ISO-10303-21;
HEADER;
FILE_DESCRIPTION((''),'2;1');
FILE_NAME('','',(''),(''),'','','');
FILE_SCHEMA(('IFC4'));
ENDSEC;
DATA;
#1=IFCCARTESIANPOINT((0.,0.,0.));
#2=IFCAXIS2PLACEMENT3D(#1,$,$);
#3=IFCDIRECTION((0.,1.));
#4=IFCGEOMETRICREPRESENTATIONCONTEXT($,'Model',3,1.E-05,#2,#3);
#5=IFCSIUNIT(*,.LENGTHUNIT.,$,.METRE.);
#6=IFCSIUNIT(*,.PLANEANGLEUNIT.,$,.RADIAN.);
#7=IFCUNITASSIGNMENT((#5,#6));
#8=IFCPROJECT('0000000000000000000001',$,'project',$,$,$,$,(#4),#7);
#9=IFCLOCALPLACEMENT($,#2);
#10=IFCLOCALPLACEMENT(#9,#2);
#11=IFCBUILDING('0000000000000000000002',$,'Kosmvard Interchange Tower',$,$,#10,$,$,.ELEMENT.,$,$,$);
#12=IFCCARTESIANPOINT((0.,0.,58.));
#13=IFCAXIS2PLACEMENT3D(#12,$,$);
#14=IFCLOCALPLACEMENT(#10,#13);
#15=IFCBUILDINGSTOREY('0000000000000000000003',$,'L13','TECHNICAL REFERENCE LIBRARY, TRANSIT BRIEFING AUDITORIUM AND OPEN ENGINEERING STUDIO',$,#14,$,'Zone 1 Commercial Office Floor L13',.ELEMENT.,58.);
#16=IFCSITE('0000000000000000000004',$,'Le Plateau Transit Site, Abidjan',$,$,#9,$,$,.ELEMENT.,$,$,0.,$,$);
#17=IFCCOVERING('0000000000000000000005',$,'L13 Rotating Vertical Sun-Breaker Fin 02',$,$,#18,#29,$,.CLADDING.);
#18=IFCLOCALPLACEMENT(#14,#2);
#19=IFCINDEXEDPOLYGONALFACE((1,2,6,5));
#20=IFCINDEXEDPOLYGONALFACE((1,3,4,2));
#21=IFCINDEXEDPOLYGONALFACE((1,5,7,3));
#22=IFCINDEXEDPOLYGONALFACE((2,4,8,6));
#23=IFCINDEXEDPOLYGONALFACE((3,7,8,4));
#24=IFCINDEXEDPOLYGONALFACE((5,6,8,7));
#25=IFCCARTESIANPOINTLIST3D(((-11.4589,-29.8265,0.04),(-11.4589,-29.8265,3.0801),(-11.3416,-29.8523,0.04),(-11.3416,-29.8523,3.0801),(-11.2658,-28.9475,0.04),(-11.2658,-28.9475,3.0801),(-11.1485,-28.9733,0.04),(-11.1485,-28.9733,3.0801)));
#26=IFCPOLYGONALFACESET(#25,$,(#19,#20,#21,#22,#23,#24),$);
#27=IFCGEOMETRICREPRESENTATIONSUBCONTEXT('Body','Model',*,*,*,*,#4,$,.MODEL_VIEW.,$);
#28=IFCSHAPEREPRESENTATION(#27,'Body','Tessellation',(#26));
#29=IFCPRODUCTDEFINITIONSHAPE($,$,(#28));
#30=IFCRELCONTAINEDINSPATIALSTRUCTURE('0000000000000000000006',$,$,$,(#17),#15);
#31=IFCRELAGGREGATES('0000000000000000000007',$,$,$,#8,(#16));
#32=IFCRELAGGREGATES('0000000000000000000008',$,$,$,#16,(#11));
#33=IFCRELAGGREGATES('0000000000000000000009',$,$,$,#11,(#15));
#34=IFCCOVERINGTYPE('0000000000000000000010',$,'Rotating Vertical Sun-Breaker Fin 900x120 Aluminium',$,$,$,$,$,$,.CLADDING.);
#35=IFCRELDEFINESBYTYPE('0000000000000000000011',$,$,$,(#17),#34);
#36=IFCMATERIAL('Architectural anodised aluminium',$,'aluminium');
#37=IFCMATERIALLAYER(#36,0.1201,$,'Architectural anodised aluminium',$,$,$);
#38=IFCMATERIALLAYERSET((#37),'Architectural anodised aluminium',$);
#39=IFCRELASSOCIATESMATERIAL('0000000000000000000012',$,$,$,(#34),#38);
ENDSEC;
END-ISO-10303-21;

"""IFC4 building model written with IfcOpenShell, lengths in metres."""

from ifc_helpers import new_model, si_unit, direction, frame, origin, origin_2d, place, context, subcontext, project, spatial, rectangle, extrude, source, transform, mapped, material, layer, layer_set, type_object, element, save


model = new_model("IFC4")

# Units and contexts
model_context = context("Model", 3, precision=1e-05, world=origin(), true_north=direction((0.0, 1.0)))
body_context = subcontext(model_context, "Body", "Model", "MODEL_VIEW")
ifc_project = project(units=[si_unit("LENGTHUNIT", "METRE"), si_unit("PLANEANGLEUNIT", "RADIAN")], contexts=[model_context])

# Site, building, storey
site_placement = place(None, origin())
site = spatial("IfcSite", under=ifc_project, at=site_placement, Name="Le Plateau Transit Site, Abidjan", CompositionType="ELEMENT", RefElevation=0.0)
building_placement = place(site_placement, origin())
building = spatial("IfcBuilding", under=site, at=building_placement, Name="Kosmvard Interchange Tower", CompositionType="ELEMENT")
storey_placement = place(building_placement, frame((0.0, 0.0, 58.0)))
storey = spatial("IfcBuildingStorey", under=building, at=storey_placement, Name="L13", Description="TECHNICAL REFERENCE LIBRARY, TRANSIT BRIEFING AUDITORIUM AND OPEN ENGINEERING STUDIO", LongName="Zone 1 Commercial Office Floor L13", CompositionType="ELEMENT", Elevation=58.0)

# Covering
ifc_material_1 = material(Name="Architectural anodised aluminium", Category="aluminium")
ifc_layer_1 = layer(ifc_material_1, 0.1201, Name="Architectural anodised aluminium")
ifc_layer_set_1 = layer_set([ifc_layer_1], Name="Architectural anodised aluminium")
covering_type = type_object("IfcCoveringType", Name="Rotating Vertical Sun-Breaker Fin 900x120 Aluminium", PredefinedType="CLADDING", material=ifc_layer_set_1)
shared_shape_1 = source(origin(), body_context, "Body", "SweptSolid", [
    extrude(rectangle(XDim=0.8999, YDim=0.1201, at=origin_2d()), origin(), (0.0, 0.0, 1.0), 3.04),
])
covering_placement = place(storey_placement, frame((-11.3037, -29.3999, 0.04), z_axis=(0.0, 0.0, 1.0), x_axis=(-0.214565, -0.97671, 0.0)))
element("IfcCovering", 1, at=covering_placement, inside=storey, type_object=covering_type, Name="L13 Rotating Vertical Sun-Breaker Fin 02", PredefinedType="CLADDING", context=body_context, shape_type="MappedRepresentation", body=[
    mapped(shared_shape_1, transform((0.0, 0.0, 0.0), scale=1.0)),
])

save(model, "model.ifc")
